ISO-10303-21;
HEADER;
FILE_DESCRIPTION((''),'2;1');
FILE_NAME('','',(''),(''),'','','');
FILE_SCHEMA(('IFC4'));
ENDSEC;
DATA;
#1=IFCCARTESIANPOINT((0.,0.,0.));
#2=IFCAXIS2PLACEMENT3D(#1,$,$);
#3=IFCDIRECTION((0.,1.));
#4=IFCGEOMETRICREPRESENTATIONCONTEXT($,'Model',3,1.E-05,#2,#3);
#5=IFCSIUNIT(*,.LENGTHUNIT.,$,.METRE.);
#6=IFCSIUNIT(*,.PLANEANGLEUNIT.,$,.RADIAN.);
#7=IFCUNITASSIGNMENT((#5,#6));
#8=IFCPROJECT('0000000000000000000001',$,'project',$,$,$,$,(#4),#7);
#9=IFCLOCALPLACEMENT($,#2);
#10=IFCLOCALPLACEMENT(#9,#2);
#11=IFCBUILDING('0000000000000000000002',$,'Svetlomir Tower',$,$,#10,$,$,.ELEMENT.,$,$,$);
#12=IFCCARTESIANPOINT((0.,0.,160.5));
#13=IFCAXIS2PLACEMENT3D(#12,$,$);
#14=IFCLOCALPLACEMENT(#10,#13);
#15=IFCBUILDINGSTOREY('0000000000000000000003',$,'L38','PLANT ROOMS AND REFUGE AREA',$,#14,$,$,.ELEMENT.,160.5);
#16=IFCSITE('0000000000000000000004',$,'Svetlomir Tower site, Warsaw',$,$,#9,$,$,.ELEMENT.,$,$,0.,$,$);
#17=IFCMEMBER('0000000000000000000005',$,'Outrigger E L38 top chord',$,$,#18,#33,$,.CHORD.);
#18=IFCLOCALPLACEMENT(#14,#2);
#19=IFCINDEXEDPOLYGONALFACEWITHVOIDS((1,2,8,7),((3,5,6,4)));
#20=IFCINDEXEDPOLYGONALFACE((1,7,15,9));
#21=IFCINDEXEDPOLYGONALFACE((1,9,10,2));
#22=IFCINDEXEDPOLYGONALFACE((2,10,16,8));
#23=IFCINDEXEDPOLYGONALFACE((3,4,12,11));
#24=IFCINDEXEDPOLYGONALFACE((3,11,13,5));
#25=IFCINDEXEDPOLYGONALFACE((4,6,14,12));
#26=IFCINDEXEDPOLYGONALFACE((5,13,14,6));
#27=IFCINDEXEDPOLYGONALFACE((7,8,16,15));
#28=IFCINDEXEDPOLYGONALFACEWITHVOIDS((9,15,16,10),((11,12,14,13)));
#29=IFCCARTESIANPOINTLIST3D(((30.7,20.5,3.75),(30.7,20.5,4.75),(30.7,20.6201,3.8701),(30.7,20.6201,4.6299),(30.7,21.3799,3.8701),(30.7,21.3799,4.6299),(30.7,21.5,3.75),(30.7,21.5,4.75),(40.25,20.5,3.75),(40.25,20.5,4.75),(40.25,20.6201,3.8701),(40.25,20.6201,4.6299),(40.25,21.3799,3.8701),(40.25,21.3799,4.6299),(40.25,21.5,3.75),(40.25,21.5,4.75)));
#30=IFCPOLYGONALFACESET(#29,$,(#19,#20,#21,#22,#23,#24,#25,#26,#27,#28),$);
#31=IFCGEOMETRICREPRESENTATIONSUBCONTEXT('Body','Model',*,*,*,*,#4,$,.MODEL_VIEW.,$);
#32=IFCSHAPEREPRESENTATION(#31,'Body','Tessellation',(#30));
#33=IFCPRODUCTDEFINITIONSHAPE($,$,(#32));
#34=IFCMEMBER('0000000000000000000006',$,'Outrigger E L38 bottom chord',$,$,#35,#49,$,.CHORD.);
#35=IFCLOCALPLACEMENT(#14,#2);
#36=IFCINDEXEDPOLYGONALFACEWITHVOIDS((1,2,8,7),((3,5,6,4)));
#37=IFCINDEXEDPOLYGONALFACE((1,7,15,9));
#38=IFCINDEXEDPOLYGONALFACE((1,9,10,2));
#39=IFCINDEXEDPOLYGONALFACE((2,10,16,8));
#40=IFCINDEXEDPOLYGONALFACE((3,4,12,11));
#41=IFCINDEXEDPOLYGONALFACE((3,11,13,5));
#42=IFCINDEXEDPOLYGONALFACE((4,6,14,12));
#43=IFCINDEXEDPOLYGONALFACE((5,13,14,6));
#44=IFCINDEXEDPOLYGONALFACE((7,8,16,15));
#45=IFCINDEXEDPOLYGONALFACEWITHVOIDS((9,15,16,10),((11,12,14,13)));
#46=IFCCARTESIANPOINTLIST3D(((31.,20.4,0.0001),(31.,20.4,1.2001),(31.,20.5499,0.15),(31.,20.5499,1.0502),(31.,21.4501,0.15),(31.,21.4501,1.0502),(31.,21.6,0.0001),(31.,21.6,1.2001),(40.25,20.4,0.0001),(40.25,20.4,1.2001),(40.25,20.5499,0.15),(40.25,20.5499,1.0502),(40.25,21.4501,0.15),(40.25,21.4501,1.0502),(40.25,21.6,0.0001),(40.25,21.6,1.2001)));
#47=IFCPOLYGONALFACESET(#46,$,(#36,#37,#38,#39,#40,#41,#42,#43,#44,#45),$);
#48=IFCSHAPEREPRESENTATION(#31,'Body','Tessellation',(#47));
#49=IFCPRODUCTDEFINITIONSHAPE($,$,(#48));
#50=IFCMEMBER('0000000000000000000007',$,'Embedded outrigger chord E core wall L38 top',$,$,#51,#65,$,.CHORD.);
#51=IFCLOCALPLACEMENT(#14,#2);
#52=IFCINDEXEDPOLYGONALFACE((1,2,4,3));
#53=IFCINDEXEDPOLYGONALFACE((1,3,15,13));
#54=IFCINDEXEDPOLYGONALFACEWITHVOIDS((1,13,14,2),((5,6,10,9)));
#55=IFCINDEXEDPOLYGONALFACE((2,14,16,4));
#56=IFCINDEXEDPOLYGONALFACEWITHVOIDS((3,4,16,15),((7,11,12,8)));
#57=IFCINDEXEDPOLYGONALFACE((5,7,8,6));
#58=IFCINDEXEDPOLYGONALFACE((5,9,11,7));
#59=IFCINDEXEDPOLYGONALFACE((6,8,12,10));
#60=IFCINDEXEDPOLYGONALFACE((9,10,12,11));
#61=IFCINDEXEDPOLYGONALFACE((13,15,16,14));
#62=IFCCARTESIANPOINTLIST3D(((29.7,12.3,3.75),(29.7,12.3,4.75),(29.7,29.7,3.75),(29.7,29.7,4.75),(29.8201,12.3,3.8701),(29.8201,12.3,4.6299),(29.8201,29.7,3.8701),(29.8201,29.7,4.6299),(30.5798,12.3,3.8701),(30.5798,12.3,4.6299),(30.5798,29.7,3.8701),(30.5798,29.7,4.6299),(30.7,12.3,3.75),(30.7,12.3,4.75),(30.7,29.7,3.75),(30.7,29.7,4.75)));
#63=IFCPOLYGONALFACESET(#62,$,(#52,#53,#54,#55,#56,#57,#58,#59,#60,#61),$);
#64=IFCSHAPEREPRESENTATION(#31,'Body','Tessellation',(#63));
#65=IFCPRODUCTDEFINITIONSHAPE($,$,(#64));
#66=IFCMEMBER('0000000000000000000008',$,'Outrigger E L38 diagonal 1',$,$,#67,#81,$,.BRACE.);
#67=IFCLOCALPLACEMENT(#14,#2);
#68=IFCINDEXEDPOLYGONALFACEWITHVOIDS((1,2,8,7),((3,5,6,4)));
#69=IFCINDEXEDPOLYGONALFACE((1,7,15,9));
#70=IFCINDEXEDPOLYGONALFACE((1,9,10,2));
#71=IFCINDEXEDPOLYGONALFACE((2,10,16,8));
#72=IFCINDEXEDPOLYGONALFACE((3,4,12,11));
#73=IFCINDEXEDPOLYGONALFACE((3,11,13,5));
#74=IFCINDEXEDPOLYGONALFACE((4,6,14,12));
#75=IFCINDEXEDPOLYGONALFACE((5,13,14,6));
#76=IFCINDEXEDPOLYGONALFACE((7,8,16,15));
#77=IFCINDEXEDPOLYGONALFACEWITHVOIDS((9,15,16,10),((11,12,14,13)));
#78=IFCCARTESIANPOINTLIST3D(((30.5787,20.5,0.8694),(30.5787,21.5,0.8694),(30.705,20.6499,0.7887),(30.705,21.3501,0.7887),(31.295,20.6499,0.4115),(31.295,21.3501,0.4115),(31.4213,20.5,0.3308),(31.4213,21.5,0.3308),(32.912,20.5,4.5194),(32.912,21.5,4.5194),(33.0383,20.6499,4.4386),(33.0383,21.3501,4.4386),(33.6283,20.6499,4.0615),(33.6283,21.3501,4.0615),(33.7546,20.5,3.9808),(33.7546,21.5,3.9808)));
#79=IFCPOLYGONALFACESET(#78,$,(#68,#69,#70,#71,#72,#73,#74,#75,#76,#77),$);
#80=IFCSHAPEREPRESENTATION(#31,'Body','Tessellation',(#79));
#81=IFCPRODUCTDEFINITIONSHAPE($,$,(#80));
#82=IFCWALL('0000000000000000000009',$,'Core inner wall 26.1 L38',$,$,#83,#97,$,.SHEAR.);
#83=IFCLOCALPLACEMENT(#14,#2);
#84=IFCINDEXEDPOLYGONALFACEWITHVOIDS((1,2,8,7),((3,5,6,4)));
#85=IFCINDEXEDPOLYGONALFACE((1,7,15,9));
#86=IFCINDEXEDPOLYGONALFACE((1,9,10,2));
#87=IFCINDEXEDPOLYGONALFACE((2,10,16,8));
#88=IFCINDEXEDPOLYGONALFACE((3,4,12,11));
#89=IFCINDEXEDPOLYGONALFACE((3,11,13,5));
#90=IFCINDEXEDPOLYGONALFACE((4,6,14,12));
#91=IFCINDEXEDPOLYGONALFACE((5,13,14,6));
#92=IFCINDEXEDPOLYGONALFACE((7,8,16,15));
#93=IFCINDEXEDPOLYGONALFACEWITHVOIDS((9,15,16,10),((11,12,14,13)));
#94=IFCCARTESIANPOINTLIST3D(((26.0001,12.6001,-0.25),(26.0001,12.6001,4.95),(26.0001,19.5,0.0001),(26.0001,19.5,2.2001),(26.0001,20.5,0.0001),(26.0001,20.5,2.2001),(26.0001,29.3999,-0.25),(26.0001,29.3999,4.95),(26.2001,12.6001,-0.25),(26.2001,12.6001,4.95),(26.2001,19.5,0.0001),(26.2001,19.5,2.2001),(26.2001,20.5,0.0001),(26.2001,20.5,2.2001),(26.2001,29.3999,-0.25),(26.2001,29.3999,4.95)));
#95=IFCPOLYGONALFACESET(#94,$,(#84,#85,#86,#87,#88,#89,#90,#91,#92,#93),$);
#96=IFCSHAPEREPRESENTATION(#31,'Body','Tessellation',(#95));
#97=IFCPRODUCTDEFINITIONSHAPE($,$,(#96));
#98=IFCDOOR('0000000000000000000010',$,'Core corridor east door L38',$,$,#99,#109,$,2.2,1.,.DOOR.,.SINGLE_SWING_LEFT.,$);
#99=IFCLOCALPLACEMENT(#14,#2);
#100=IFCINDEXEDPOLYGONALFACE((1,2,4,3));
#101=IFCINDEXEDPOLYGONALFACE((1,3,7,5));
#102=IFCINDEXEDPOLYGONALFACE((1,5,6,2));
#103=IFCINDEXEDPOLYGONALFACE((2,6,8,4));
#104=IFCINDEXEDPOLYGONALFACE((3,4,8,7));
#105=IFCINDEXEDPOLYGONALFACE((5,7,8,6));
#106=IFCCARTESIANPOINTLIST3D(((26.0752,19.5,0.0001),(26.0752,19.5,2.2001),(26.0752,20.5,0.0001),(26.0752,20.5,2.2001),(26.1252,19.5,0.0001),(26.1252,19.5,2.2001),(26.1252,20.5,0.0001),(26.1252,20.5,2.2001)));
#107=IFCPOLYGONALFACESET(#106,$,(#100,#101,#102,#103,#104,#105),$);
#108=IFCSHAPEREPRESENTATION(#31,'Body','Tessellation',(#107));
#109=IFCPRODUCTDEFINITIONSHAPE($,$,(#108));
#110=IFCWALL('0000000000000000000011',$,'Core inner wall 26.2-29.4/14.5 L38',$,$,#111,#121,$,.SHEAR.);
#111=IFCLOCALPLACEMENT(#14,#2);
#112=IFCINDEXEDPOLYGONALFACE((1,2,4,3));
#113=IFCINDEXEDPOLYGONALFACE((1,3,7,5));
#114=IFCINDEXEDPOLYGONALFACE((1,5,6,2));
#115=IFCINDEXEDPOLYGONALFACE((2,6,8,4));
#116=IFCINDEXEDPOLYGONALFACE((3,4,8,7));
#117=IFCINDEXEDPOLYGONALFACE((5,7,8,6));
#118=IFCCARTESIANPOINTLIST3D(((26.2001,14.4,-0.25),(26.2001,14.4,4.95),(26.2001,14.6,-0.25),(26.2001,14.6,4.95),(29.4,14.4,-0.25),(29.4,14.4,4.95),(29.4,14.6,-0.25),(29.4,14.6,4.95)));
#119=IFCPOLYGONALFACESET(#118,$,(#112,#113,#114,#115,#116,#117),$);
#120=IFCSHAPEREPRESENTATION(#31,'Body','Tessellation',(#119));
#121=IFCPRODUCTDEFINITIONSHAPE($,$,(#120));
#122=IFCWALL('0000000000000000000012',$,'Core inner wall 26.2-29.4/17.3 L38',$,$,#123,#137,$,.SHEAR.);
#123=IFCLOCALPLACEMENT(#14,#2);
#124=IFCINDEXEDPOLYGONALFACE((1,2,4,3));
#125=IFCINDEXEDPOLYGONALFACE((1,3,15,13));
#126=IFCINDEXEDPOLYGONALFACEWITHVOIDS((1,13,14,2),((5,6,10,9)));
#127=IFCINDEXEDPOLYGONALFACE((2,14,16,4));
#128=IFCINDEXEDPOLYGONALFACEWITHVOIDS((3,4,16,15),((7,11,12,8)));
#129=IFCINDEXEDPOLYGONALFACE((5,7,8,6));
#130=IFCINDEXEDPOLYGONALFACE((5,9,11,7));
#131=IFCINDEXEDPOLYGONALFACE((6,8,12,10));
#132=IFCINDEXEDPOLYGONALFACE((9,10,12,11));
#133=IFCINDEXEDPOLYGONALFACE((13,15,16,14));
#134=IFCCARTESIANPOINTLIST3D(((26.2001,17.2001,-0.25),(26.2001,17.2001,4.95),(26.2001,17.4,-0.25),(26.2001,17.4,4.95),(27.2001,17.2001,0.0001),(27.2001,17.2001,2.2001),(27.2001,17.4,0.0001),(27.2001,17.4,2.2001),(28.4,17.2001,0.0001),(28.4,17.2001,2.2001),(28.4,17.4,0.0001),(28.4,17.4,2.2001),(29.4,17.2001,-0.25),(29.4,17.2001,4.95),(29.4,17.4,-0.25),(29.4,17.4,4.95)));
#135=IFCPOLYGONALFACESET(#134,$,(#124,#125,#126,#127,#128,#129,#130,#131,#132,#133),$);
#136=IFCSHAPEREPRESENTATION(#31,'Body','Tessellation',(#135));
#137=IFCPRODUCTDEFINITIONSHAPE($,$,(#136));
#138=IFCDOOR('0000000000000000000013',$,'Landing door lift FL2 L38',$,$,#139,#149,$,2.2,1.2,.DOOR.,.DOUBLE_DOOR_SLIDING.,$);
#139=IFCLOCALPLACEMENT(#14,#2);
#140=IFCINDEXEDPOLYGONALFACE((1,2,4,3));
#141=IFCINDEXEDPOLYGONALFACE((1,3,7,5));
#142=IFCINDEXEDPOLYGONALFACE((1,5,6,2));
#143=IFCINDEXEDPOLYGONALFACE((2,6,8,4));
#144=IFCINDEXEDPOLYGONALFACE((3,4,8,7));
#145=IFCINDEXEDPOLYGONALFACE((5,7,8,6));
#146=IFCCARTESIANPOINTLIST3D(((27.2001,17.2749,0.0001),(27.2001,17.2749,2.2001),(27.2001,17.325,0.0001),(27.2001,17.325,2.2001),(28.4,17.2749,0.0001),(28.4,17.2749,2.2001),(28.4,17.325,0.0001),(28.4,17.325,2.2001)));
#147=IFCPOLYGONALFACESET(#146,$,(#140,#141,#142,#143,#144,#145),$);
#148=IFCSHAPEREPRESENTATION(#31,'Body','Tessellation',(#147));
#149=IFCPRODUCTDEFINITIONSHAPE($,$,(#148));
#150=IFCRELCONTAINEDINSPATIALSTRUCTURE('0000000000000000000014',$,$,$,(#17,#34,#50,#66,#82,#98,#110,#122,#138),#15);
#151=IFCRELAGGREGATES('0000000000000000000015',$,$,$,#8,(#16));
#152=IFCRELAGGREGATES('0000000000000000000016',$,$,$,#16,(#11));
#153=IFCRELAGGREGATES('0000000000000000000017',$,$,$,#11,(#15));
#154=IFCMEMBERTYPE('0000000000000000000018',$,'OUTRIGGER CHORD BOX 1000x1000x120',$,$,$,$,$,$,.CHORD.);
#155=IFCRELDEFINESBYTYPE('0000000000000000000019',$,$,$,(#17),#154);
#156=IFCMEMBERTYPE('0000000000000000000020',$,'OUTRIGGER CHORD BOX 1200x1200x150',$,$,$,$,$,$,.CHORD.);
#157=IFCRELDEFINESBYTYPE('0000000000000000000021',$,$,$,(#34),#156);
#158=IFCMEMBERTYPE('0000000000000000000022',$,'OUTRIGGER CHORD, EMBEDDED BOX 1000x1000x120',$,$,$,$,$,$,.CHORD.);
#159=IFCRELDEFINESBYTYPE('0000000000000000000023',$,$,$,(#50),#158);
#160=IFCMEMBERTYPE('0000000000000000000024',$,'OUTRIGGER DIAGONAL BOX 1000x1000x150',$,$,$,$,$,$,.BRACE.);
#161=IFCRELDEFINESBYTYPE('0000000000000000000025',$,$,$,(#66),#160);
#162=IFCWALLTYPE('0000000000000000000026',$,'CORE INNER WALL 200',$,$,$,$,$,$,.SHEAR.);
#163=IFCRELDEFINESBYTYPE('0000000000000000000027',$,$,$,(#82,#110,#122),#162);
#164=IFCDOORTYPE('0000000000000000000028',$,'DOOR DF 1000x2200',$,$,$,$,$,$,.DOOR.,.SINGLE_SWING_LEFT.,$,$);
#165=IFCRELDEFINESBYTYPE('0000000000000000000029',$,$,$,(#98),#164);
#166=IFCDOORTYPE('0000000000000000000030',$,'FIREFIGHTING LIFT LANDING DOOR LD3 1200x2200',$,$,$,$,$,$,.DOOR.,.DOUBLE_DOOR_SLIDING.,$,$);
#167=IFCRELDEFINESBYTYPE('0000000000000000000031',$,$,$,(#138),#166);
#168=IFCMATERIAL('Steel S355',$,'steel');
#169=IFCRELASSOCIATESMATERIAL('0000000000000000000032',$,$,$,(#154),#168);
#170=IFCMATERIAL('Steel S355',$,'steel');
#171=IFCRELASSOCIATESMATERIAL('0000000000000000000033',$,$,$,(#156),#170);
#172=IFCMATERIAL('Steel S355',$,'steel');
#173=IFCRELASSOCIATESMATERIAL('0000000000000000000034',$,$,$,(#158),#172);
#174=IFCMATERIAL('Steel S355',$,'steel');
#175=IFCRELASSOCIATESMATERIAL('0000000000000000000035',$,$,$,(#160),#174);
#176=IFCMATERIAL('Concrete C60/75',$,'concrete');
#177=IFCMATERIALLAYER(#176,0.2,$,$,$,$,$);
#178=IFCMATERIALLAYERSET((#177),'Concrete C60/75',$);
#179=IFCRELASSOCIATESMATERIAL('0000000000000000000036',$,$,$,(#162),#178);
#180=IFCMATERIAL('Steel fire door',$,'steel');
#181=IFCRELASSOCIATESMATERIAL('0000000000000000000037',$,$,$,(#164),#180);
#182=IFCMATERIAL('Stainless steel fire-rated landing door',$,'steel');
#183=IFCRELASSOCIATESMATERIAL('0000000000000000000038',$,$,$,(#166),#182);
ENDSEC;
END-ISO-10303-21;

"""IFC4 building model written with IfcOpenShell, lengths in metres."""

from ifc_helpers import new_model, si_unit, direction, frame, frame_2d, origin, origin_2d, place, context, subcontext, project, spatial, rectangle, hollow_rectangle, extrude, material, layer, layer_set, material_profile, profile_set, type_object, element, fill, save


model = new_model("IFC4")

# Units and contexts
model_context = context("Model", 3, precision=1e-05, world=origin(), true_north=direction((0.0, 1.0)))
body_context = subcontext(model_context, "Body", "Model", "MODEL_VIEW")
ifc_project = project(units=[si_unit("LENGTHUNIT", "METRE"), si_unit("PLANEANGLEUNIT", "RADIAN")], contexts=[model_context])

# Site, building, storey
site_placement = place(None, origin())
site = spatial("IfcSite", under=ifc_project, at=site_placement, Name="Svetlomir Tower site, Warsaw", CompositionType="ELEMENT", RefElevation=0.0)
building_placement = place(site_placement, origin())
building = spatial("IfcBuilding", under=site, at=building_placement, Name="Svetlomir Tower", CompositionType="ELEMENT")
storey_placement = place(building_placement, frame((0.0, 0.0, 160.5)))
storey = spatial("IfcBuildingStorey", under=building, at=storey_placement, Name="L38", Description="PLANT ROOMS AND REFUGE AREA", CompositionType="ELEMENT", Elevation=160.5)

# Members
ifc_material_1 = material(Name="Steel S355", Category="steel")
ifc_material_profile_1 = material_profile(ifc_material_1, hollow_rectangle(XDim=1.0, YDim=1.0, WallThickness=0.1201, at=origin_2d()), Name="BOX 1000x1000x120")
ifc_profile_set_1 = profile_set([ifc_material_profile_1], Name="Steel S355")
member_type_1 = type_object("IfcMemberType", Name="OUTRIGGER CHORD BOX 1000x1000x120", PredefinedType="CHORD", material=ifc_profile_set_1)
member_1_placement = place(storey_placement, frame((30.7, 21.0, 4.25), z_axis=(1.0, 0.0, 0.0), x_axis=(0.0, 1.0, 0.0)))
element("IfcMember", 1, at=member_1_placement, inside=storey, type_object=member_type_1, Name="Outrigger E L38 top chord", PredefinedType="CHORD", context=body_context, shape_type="SweptSolid", body=[
    extrude(hollow_rectangle(XDim=1.0, YDim=1.0, WallThickness=0.1201, at=origin_2d()), origin(), (0.0, 0.0, 1.0), 9.55),
])
ifc_material_2 = material(Name="Steel S355", Category="steel")
ifc_material_profile_2 = material_profile(ifc_material_2, hollow_rectangle(XDim=1.2, YDim=1.2, WallThickness=0.1499, at=origin_2d()), Name="BOX 1200x1200x150")
ifc_profile_set_2 = profile_set([ifc_material_profile_2], Name="Steel S355")
member_type_2 = type_object("IfcMemberType", Name="OUTRIGGER CHORD BOX 1200x1200x150", PredefinedType="CHORD", material=ifc_profile_set_2)
member_2_placement = place(storey_placement, frame((31.0, 21.0, 0.6001), z_axis=(1.0, 0.0, 0.0), x_axis=(0.0, 1.0, 0.0)))
element("IfcMember", 2, at=member_2_placement, inside=storey, type_object=member_type_2, Name="Outrigger E L38 bottom chord", PredefinedType="CHORD", context=body_context, shape_type="SweptSolid", body=[
    extrude(hollow_rectangle(XDim=1.2, YDim=1.2, WallThickness=0.1499, at=origin_2d()), origin(), (0.0, 0.0, 1.0), 9.25),
])
ifc_material_3 = material(Name="Steel S355", Category="steel")
ifc_material_profile_3 = material_profile(ifc_material_3, hollow_rectangle(XDim=1.0, YDim=1.0, WallThickness=0.1201, at=origin_2d()), Name="BOX 1000x1000x120")
ifc_profile_set_3 = profile_set([ifc_material_profile_3], Name="Steel S355")
member_type_3 = type_object("IfcMemberType", Name="OUTRIGGER CHORD, EMBEDDED BOX 1000x1000x120", PredefinedType="CHORD", material=ifc_profile_set_3)
member_3_placement = place(storey_placement, frame((30.2, 12.3, 4.25), z_axis=(0.0, 1.0, 0.0), x_axis=(-1.0, 0.0, 0.0)))
element("IfcMember", 3, at=member_3_placement, inside=storey, type_object=member_type_3, Name="Embedded outrigger chord E core wall L38 top", PredefinedType="CHORD", context=body_context, shape_type="SweptSolid", body=[
    extrude(hollow_rectangle(XDim=1.0, YDim=1.0, WallThickness=0.1201, at=origin_2d()), origin(), (0.0, 0.0, 1.0), 17.3999),
])
ifc_material_4 = material(Name="Steel S355", Category="steel")
ifc_material_profile_4 = material_profile(ifc_material_4, hollow_rectangle(XDim=1.0, YDim=1.0, WallThickness=0.1499, at=origin_2d()), Name="BOX 1000x1000x150")
ifc_profile_set_4 = profile_set([ifc_material_profile_4], Name="Steel S355")
member_type_4 = type_object("IfcMemberType", Name="OUTRIGGER DIAGONAL BOX 1000x1000x150", PredefinedType="BRACE", material=ifc_profile_set_4)
member_4_placement = place(storey_placement, frame((31.0, 21.0, 0.6001), z_axis=(0.538614, 0.0, 0.842553), x_axis=(0.0, 1.0, 0.0)))
element("IfcMember", 4, at=member_4_placement, inside=storey, type_object=member_type_4, Name="Outrigger E L38 diagonal 1", PredefinedType="BRACE", context=body_context, shape_type="SweptSolid", body=[
    extrude(hollow_rectangle(XDim=1.0, YDim=1.0, WallThickness=0.1499, at=origin_2d()), origin(), (0.0, 0.0, 1.0), 4.332),
])

# Wall, opening, door
ifc_material_5 = material(Name="Concrete C60/75", Category="concrete")
ifc_layer_1 = layer(ifc_material_5, 0.2)
ifc_layer_set_1 = layer_set([ifc_layer_1], Name="Concrete C60/75")
wall_type_1 = type_object("IfcWallType", Name="CORE INNER WALL 200", PredefinedType="SHEAR", material=ifc_layer_set_1)
wall_1_placement = place(storey_placement, frame((26.1001, 12.6001, -0.25), z_axis=(0.0, 0.0, 1.0), x_axis=(0.0, 1.0, 0.0)))
wall_1 = element("IfcWall", 5, at=wall_1_placement, inside=storey, type_object=wall_type_1, Name="Core inner wall 26.1 L38", PredefinedType="SHEAR", context=body_context, shape_type="SweptSolid", body=[
    extrude(rectangle(XDim=16.7998, YDim=0.2, at=frame_2d((8.3999, 0.0))), origin(), (0.0, 0.0, 1.0), 5.2),
])
opening_1_placement = place(wall_1_placement, frame((6.8999, 0.0, 0.25)))
opening_1 = element("IfcOpeningElement", 6, at=opening_1_placement, cuts=wall_1, PredefinedType="OPENING", context=body_context, shape_type="SweptSolid", body=[
    extrude(rectangle(XDim=1.0, YDim=2.2, at=frame_2d((0.5, 1.1001))), frame((0.0, 0.1099, 0.0), z_axis=(0.0, -1.0, 0.0), x_axis=(1.0, 0.0, 0.0)), (0.0, 0.0, 1.0), 0.22),
])
ifc_material_6 = material(Name="Steel fire door", Category="steel")
door_type_1 = type_object("IfcDoorType", Name="DOOR DF 1000x2200", OperationType="SINGLE_SWING_LEFT", PredefinedType="DOOR", material=ifc_material_6)
door_1_placement = place(opening_1_placement, origin())
door_1 = element("IfcDoor", 7, at=door_1_placement, inside=storey, type_object=door_type_1, Name="Core corridor east door L38", OperationType="SINGLE_SWING_LEFT", OverallHeight=2.2, OverallWidth=1.0, PredefinedType="DOOR", context=body_context, shape_type="SweptSolid", body=[
    extrude(rectangle(XDim=1.0, YDim=2.2, at=frame_2d((0.5, 1.1001))), frame((0.0, 0.0249, 0.0), z_axis=(0.0, -1.0, 0.0), x_axis=(1.0, 0.0, 0.0)), (0.0, 0.0, 1.0), 0.05),
])
fill(opening_1, door_1)

# Wall
wall_2_placement = place(storey_placement, frame((26.2, 14.5, -0.25), z_axis=(0.0, 0.0, 1.0), x_axis=(1.0, 0.0, 0.0)))
element("IfcWall", 8, at=wall_2_placement, inside=storey, type_object=wall_type_1, Name="Core inner wall 26.2-29.4/14.5 L38", PredefinedType="SHEAR", context=body_context, shape_type="SweptSolid", body=[
    extrude(rectangle(XDim=3.2, YDim=0.2, at=frame_2d((1.6001, 0.0))), origin(), (0.0, 0.0, 1.0), 5.2),
])

# Wall, opening, door
wall_3_placement = place(storey_placement, frame((26.2, 17.3, -0.25), z_axis=(0.0, 0.0, 1.0), x_axis=(1.0, 0.0, 0.0)))
wall_3 = element("IfcWall", 9, at=wall_3_placement, inside=storey, type_object=wall_type_1, Name="Core inner wall 26.2-29.4/17.3 L38", PredefinedType="SHEAR", context=body_context, shape_type="SweptSolid", body=[
    extrude(rectangle(XDim=3.2, YDim=0.2, at=frame_2d((1.6001, 0.0))), origin(), (0.0, 0.0, 1.0), 5.2),
])
opening_2_placement = place(wall_3_placement, frame((1.0, 0.0, 0.25)))
opening_2 = element("IfcOpeningElement", 10, at=opening_2_placement, cuts=wall_3, PredefinedType="OPENING", context=body_context, shape_type="SweptSolid", body=[
    extrude(rectangle(XDim=1.2, YDim=2.2, at=frame_2d((0.6001, 1.1001))), frame((0.0, 0.1099, 0.0), z_axis=(0.0, -1.0, 0.0), x_axis=(1.0, 0.0, 0.0)), (0.0, 0.0, 1.0), 0.22),
])
ifc_material_7 = material(Name="Stainless steel fire-rated landing door", Category="steel")
door_type_2 = type_object("IfcDoorType", Name="FIREFIGHTING LIFT LANDING DOOR LD3 1200x2200", OperationType="DOUBLE_DOOR_SLIDING", PredefinedType="DOOR", material=ifc_material_7)
door_2_placement = place(opening_2_placement, origin())
door_2 = element("IfcDoor", 11, at=door_2_placement, inside=storey, type_object=door_type_2, Name="Landing door lift FL2 L38", OperationType="DOUBLE_DOOR_SLIDING", OverallHeight=2.2, OverallWidth=1.2, PredefinedType="DOOR", context=body_context, shape_type="SweptSolid", body=[
    extrude(rectangle(XDim=1.2, YDim=2.2, at=frame_2d((0.6001, 1.1001))), frame((0.0, 0.0249, 0.0), z_axis=(0.0, -1.0, 0.0), x_axis=(1.0, 0.0, 0.0)), (0.0, 0.0, 1.0), 0.05),
])
fill(opening_2, door_2)

save(model, "model.ifc")
